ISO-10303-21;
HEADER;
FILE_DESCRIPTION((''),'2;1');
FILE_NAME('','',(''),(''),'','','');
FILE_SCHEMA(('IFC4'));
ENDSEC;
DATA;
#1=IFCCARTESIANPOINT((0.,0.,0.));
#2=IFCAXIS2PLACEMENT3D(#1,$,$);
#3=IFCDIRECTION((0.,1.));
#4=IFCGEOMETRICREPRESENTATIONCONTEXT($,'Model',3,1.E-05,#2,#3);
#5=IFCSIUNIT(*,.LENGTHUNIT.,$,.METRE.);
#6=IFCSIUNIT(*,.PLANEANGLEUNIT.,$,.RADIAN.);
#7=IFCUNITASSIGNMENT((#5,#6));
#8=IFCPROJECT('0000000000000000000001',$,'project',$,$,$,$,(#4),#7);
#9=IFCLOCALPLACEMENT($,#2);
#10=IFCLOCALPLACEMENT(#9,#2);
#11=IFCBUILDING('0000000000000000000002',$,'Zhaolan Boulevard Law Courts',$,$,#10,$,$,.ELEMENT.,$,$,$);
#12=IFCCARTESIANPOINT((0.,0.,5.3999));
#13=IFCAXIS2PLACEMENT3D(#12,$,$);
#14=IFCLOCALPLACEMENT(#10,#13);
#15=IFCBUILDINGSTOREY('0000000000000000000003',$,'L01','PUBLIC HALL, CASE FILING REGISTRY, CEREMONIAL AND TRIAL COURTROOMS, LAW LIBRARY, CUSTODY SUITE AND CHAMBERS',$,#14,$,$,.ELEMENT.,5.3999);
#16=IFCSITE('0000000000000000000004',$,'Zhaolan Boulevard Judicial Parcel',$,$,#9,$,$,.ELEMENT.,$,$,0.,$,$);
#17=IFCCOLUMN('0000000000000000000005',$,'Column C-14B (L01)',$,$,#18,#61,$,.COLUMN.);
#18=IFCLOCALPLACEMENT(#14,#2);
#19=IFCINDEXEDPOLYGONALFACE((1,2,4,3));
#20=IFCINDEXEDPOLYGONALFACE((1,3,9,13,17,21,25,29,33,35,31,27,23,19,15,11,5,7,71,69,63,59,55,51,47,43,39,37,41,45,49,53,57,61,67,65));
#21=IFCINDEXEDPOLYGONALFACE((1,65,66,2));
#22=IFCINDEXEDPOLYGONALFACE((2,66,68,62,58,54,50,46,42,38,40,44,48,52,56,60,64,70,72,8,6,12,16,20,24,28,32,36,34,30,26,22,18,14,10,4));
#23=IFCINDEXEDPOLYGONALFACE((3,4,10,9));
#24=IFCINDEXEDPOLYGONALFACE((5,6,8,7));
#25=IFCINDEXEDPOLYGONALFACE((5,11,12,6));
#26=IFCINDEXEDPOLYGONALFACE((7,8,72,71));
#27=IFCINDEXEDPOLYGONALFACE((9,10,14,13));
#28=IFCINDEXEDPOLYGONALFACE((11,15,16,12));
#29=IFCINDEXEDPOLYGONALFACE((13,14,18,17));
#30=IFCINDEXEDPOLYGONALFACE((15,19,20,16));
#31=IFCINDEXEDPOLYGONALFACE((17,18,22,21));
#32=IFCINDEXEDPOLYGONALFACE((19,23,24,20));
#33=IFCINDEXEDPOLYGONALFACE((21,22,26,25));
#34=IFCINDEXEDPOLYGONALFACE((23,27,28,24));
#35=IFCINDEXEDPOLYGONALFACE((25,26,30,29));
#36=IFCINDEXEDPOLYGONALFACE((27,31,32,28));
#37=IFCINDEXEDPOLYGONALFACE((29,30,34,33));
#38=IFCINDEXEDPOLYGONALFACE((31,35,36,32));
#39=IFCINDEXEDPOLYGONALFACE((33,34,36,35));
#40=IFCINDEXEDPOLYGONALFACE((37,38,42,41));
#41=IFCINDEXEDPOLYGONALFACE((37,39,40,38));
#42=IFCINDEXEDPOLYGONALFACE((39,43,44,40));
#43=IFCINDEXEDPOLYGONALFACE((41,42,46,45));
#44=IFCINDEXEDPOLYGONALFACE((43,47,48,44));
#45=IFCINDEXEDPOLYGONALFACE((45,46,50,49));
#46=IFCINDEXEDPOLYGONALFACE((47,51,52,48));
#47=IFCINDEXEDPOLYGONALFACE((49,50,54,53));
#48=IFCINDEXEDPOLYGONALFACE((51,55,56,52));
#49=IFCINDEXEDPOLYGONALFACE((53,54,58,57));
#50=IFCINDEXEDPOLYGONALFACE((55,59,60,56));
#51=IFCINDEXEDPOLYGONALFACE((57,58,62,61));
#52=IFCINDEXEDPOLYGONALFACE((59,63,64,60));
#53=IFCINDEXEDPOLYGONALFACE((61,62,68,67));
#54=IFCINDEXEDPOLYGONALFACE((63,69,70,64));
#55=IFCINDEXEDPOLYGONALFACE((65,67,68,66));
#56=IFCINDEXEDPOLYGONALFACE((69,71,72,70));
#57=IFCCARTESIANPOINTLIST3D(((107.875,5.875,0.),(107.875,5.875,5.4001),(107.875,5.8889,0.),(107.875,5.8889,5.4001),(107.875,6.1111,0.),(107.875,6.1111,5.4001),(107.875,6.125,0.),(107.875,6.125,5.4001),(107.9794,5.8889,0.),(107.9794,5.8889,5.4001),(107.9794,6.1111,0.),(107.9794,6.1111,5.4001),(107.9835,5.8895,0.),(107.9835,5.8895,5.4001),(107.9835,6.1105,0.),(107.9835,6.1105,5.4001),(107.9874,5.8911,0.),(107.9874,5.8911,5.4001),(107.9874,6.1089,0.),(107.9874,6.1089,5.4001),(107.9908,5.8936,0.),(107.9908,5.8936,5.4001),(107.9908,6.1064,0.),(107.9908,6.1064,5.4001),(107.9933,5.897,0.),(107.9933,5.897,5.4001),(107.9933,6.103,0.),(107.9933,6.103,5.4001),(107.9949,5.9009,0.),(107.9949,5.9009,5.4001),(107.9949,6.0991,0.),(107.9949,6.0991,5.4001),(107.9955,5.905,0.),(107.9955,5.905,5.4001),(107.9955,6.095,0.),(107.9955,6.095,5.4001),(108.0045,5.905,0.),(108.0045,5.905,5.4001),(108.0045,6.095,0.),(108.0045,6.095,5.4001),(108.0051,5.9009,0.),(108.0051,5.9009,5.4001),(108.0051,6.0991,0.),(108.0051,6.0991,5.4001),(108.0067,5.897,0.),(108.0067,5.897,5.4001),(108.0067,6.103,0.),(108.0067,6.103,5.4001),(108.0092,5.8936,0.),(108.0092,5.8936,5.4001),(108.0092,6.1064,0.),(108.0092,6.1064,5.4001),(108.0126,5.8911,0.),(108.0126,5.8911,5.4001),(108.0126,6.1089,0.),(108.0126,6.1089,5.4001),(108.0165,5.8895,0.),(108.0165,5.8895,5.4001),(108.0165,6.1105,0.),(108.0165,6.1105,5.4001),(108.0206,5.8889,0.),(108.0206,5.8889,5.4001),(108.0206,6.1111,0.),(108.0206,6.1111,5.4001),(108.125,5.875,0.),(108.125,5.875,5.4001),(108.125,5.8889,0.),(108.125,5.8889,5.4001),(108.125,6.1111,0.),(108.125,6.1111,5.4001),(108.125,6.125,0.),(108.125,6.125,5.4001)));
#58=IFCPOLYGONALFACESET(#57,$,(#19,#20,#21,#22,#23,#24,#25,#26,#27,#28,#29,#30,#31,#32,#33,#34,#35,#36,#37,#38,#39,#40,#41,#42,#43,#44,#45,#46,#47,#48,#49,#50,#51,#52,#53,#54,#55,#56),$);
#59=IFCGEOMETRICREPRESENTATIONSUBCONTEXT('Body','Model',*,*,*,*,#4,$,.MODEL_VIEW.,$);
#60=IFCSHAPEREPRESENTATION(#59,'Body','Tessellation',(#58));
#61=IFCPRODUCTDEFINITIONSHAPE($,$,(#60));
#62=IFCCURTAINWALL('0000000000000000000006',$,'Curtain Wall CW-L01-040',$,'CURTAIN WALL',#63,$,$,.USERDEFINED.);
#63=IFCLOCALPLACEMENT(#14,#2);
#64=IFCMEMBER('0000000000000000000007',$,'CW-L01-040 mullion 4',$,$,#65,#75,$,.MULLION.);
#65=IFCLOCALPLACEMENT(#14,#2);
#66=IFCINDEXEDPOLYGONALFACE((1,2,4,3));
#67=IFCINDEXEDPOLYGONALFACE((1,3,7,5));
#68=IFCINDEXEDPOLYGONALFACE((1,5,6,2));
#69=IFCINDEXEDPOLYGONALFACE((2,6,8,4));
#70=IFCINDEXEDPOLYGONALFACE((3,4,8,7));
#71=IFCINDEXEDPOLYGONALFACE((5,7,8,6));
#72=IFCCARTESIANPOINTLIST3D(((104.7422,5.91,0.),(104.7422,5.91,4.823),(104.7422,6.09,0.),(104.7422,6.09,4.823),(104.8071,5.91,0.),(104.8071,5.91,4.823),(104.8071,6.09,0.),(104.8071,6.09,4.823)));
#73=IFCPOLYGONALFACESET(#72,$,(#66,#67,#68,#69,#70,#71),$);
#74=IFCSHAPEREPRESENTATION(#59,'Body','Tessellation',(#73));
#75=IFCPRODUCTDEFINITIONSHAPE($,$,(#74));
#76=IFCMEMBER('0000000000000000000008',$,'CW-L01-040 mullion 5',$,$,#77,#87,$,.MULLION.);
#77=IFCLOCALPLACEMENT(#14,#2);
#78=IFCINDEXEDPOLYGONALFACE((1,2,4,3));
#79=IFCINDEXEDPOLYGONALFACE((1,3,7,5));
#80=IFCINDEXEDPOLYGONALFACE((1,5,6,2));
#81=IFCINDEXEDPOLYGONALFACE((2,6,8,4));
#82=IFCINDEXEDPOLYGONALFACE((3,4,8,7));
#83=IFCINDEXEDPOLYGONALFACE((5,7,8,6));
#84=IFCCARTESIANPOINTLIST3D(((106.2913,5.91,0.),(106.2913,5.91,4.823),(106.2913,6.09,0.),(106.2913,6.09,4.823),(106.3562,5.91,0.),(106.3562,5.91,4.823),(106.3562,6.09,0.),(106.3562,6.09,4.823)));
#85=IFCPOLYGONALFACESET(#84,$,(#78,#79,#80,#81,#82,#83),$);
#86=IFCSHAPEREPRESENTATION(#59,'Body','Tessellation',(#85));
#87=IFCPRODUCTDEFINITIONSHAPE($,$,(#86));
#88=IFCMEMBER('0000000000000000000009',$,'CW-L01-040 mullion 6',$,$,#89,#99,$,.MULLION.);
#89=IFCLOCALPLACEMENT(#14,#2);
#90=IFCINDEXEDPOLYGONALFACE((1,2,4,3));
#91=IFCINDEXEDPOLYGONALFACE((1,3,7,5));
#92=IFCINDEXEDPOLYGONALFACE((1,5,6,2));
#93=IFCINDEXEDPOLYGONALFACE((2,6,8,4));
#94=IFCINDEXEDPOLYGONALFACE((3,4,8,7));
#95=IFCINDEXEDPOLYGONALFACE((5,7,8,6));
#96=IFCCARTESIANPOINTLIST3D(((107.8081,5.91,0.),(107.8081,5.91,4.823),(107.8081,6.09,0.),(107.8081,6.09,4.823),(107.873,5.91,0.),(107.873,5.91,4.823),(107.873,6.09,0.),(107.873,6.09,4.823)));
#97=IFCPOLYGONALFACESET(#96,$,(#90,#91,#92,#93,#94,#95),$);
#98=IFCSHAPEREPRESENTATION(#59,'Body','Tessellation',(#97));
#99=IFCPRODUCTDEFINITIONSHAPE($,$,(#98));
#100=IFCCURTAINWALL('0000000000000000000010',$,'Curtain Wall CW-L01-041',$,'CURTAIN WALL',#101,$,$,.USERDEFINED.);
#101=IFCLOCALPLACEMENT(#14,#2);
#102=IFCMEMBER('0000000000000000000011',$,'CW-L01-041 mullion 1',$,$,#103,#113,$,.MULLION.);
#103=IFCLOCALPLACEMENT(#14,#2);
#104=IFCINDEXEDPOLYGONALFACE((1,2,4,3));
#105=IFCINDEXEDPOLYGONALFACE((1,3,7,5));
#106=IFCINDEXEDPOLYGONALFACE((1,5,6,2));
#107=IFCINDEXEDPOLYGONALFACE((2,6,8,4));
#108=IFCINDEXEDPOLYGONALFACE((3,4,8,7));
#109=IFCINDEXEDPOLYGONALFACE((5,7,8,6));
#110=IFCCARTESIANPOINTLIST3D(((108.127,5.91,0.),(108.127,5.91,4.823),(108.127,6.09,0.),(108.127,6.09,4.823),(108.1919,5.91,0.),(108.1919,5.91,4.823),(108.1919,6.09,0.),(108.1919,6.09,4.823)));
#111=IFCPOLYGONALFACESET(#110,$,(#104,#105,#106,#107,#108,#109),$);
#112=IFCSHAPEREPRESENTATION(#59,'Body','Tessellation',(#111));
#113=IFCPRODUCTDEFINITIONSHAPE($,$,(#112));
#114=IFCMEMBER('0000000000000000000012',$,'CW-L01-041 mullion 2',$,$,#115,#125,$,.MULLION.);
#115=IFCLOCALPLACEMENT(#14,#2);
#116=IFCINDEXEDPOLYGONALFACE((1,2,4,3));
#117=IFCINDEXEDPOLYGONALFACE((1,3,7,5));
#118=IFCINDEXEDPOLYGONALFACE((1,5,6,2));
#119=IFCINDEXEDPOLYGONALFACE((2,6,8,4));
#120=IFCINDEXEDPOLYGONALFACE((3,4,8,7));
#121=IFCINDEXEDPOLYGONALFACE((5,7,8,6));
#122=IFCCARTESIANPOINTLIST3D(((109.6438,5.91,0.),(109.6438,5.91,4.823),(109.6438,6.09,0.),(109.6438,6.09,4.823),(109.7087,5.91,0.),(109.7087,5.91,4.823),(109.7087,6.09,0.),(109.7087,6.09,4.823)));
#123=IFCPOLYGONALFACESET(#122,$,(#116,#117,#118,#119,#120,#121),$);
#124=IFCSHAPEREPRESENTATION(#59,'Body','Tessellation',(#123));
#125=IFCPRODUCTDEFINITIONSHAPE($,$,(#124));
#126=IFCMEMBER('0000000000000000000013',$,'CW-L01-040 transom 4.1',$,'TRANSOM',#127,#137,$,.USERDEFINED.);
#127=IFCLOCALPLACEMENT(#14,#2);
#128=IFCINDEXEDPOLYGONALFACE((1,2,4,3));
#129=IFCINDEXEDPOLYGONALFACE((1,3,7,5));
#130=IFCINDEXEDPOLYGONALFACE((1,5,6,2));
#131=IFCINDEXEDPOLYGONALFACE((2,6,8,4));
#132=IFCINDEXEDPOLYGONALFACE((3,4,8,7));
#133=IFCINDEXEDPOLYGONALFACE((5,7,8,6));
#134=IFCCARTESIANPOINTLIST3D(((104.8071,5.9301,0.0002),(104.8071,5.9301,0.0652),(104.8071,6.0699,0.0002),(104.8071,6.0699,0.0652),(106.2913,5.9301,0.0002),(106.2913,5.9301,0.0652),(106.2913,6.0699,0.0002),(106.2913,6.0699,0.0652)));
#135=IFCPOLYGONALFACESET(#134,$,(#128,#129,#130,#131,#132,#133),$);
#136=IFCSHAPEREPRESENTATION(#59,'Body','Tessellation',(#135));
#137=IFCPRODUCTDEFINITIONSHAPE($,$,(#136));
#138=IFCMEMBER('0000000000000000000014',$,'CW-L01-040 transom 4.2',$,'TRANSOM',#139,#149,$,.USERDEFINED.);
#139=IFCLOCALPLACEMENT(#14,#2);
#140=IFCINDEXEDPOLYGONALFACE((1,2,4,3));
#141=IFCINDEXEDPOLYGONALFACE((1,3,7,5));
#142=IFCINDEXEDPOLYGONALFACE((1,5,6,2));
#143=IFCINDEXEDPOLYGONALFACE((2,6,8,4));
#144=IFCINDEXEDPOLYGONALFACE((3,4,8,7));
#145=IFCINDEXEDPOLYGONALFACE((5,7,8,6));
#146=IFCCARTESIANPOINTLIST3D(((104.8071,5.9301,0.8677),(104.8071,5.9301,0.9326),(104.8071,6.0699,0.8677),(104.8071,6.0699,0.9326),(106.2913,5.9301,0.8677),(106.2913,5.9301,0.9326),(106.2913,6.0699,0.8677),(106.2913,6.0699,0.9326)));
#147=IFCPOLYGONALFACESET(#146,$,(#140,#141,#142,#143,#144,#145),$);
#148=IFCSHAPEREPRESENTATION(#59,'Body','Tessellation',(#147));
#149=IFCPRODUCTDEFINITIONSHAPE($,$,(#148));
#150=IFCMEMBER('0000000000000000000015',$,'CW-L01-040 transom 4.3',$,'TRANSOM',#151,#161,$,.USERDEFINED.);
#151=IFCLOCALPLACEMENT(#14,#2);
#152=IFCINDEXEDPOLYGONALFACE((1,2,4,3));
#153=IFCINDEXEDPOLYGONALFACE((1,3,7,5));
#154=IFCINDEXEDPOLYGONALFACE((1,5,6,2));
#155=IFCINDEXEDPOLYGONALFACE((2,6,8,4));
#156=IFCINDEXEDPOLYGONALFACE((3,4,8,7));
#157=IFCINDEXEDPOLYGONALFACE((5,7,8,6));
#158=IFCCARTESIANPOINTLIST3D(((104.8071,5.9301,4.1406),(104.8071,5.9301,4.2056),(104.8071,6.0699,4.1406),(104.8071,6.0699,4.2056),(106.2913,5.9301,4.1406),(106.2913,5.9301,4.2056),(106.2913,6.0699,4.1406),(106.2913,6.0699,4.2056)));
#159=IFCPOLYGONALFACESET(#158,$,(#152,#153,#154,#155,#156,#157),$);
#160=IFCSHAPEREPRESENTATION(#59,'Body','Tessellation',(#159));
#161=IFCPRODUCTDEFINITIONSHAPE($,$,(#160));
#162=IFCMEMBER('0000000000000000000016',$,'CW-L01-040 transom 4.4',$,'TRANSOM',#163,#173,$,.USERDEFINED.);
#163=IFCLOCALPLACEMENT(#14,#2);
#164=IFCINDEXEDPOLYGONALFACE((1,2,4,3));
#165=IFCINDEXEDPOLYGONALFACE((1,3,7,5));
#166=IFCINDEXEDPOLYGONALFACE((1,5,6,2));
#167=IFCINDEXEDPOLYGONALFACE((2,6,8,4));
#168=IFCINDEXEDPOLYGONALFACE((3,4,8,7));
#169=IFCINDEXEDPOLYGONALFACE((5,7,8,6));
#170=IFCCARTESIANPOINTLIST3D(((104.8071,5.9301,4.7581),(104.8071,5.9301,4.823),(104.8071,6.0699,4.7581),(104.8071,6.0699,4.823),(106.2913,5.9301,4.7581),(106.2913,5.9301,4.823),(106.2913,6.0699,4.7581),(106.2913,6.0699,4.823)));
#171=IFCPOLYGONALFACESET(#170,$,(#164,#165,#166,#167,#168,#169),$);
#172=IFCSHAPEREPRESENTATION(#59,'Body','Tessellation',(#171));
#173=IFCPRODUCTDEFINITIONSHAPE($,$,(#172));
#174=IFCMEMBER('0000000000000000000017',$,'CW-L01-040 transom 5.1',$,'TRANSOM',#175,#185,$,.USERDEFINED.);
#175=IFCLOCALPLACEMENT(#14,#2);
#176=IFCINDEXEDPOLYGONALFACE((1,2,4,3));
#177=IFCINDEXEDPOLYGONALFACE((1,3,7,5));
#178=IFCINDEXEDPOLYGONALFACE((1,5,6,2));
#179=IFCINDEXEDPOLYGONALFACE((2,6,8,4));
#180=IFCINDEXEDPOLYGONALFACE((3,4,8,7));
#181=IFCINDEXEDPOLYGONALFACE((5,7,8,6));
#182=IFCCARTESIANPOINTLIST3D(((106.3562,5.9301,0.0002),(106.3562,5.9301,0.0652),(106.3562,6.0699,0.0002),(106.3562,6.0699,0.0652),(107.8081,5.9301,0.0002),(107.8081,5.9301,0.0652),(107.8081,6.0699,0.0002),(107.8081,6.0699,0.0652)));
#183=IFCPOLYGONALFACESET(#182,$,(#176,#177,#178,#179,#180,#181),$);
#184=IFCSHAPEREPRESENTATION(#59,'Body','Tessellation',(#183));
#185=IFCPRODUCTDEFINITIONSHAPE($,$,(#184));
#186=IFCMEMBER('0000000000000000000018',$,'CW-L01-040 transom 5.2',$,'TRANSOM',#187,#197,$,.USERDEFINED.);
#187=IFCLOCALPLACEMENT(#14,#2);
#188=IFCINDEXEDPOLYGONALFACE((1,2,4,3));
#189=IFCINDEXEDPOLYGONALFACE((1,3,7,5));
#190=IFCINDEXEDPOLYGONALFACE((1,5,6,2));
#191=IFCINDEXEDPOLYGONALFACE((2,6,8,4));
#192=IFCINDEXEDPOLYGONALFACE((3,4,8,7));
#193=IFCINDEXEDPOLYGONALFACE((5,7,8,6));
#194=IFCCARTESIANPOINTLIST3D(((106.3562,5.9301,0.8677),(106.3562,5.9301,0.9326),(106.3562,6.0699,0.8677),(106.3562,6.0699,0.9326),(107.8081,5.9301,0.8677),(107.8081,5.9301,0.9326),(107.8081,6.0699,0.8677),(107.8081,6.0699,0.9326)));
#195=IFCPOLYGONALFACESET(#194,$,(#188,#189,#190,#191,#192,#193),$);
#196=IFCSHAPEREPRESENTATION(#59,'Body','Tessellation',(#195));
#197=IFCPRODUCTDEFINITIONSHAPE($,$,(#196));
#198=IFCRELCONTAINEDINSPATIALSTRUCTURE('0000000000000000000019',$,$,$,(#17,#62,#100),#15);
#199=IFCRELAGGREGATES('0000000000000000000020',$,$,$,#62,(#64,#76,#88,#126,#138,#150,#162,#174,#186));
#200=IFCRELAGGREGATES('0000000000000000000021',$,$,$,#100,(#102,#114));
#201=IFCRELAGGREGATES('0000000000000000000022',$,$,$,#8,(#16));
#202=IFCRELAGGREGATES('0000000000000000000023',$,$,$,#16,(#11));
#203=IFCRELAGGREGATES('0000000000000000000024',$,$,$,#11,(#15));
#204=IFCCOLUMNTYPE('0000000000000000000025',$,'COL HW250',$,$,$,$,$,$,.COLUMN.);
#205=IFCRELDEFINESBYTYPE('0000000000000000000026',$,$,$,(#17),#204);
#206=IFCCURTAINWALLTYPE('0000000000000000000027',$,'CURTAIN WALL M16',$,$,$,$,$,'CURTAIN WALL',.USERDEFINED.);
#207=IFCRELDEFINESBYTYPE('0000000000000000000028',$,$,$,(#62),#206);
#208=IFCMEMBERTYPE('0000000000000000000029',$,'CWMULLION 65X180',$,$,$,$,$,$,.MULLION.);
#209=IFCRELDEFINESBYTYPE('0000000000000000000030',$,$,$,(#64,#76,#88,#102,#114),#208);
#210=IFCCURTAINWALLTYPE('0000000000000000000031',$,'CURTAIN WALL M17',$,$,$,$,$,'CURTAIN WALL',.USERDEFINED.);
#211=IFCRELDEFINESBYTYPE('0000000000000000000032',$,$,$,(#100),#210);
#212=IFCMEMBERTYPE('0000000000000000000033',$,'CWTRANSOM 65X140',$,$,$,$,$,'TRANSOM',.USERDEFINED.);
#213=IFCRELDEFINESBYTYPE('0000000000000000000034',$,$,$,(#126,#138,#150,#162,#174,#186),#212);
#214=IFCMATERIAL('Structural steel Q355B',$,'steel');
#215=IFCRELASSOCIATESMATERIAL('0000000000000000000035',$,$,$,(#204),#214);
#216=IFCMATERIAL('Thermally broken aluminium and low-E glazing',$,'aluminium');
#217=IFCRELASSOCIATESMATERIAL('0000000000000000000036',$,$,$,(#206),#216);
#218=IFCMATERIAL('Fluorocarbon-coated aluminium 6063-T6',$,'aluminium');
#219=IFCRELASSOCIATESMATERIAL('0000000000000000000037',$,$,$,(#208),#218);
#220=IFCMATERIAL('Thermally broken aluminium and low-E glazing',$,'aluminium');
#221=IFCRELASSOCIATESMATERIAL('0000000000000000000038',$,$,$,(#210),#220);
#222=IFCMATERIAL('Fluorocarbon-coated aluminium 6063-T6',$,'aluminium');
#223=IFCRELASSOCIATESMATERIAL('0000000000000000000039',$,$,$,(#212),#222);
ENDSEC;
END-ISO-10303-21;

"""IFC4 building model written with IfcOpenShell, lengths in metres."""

from ifc_helpers import new_model, si_unit, direction, frame, origin, origin_2d, place, context, subcontext, project, spatial, rectangle, i_section, extrude, material, material_profile, profile_set, type_object, element, aggregate, save


model = new_model("IFC4")

# Units and contexts
model_context = context("Model", 3, precision=1e-05, world=origin(), true_north=direction((0.0, 1.0)))
body_context = subcontext(model_context, "Body", "Model", "MODEL_VIEW")
ifc_project = project(units=[si_unit("LENGTHUNIT", "METRE"), si_unit("PLANEANGLEUNIT", "RADIAN")], contexts=[model_context])

# Site, building, storey
site_placement = place(None, origin())
site = spatial("IfcSite", under=ifc_project, at=site_placement, Name="Zhaolan Boulevard Judicial Parcel", CompositionType="ELEMENT", RefElevation=0.0)
building_placement = place(site_placement, origin())
building = spatial("IfcBuilding", under=site, at=building_placement, Name="Zhaolan Boulevard Law Courts", CompositionType="ELEMENT")
storey_placement = place(building_placement, frame((0.0, 0.0, 5.3999)))
storey = spatial("IfcBuildingStorey", under=building, at=storey_placement, Name="L01", Description="PUBLIC HALL, CASE FILING REGISTRY, CEREMONIAL AND TRIAL COURTROOMS, LAW LIBRARY, CUSTODY SUITE AND CHAMBERS", CompositionType="ELEMENT", Elevation=5.3999)

# Column
ifc_material_1 = material(Name="Structural steel Q355B", Category="steel")
ifc_material_profile_1 = material_profile(ifc_material_1, i_section(OverallWidth=0.25, OverallDepth=0.25, WebThickness=0.009, FlangeThickness=0.0139, FilletRadius=0.0161, at=origin_2d()), Name="HW250x250")
ifc_profile_set_1 = profile_set([ifc_material_profile_1], Name="Structural steel Q355B")
column_type = type_object("IfcColumnType", Name="COL HW250", PredefinedType="COLUMN", material=ifc_profile_set_1)
column_placement = place(storey_placement, frame((108.0, 6.0, 0.0), z_axis=(0.0, 0.0, 1.0), x_axis=(1.0, 0.0, 0.0)))
element("IfcColumn", 1, at=column_placement, inside=storey, type_object=column_type, Name="Column C-14B (L01)", PredefinedType="COLUMN", context=body_context, shape_type="SweptSolid", body=[
    extrude(i_section(OverallWidth=0.25, OverallDepth=0.25, WebThickness=0.009, FlangeThickness=0.0139, FilletRadius=0.0161, at=origin_2d()), origin(), (0.0, 0.0, 1.0), 5.4001),
])

# Curtain walls, members
ifc_material_2 = material(Name="Thermally broken aluminium and low-E glazing", Category="aluminium")
curtain_wall_type_1 = type_object("IfcCurtainWallType", Name="CURTAIN WALL M16", ElementType="CURTAIN WALL", PredefinedType="USERDEFINED", material=ifc_material_2)
curtain_wall_1_placement = place(storey_placement, origin())
curtain_wall_1 = element("IfcCurtainWall", 2, at=curtain_wall_1_placement, inside=storey, type_object=curtain_wall_type_1, Name="Curtain Wall CW-L01-040", ObjectType="CURTAIN WALL", PredefinedType="USERDEFINED")
ifc_material_3 = material(Name="Fluorocarbon-coated aluminium 6063-T6", Category="aluminium")
ifc_material_profile_2 = material_profile(ifc_material_3, rectangle(XDim=0.1799, YDim=0.0649, at=origin_2d()), Name="AL65x180")
ifc_profile_set_2 = profile_set([ifc_material_profile_2], Name="Fluorocarbon-coated aluminium 6063-T6")
member_type_1 = type_object("IfcMemberType", Name="CWMULLION 65X180", PredefinedType="MULLION", material=ifc_profile_set_2)
member_1_placement = place(storey_placement, frame((104.7747, 6.0, 0.0), z_axis=(0.0, 0.0, 1.0), x_axis=(0.0, 1.0, 0.0)))
member_1 = element("IfcMember", 3, at=member_1_placement, type_object=member_type_1, Name="CW-L01-040 mullion 4", PredefinedType="MULLION", context=body_context, shape_type="SweptSolid", body=[
    extrude(rectangle(XDim=0.1799, YDim=0.0649, at=origin_2d()), origin(), (0.0, 0.0, 1.0), 4.823),
])
member_2_placement = place(storey_placement, frame((106.3237, 6.0, 0.0), z_axis=(0.0, 0.0, 1.0), x_axis=(0.0, 1.0, 0.0)))
member_2 = element("IfcMember", 4, at=member_2_placement, type_object=member_type_1, Name="CW-L01-040 mullion 5", PredefinedType="MULLION", context=body_context, shape_type="SweptSolid", body=[
    extrude(rectangle(XDim=0.1799, YDim=0.0649, at=origin_2d()), origin(), (0.0, 0.0, 1.0), 4.823),
])
member_3_placement = place(storey_placement, frame((107.8406, 6.0, 0.0), z_axis=(0.0, 0.0, 1.0), x_axis=(0.0, 1.0, 0.0)))
member_3 = element("IfcMember", 5, at=member_3_placement, type_object=member_type_1, Name="CW-L01-040 mullion 6", PredefinedType="MULLION", context=body_context, shape_type="SweptSolid", body=[
    extrude(rectangle(XDim=0.1799, YDim=0.0649, at=origin_2d()), origin(), (0.0, 0.0, 1.0), 4.823),
])
ifc_material_4 = material(Name="Thermally broken aluminium and low-E glazing", Category="aluminium")
curtain_wall_type_2 = type_object("IfcCurtainWallType", Name="CURTAIN WALL M17", ElementType="CURTAIN WALL", PredefinedType="USERDEFINED", material=ifc_material_4)
curtain_wall_2_placement = place(storey_placement, origin())
curtain_wall_2 = element("IfcCurtainWall", 6, at=curtain_wall_2_placement, inside=storey, type_object=curtain_wall_type_2, Name="Curtain Wall CW-L01-041", ObjectType="CURTAIN WALL", PredefinedType="USERDEFINED")
member_4_placement = place(storey_placement, frame((108.1594, 6.0, 0.0), z_axis=(0.0, 0.0, 1.0), x_axis=(0.0, 1.0, 0.0)))
member_4 = element("IfcMember", 7, at=member_4_placement, type_object=member_type_1, Name="CW-L01-041 mullion 1", PredefinedType="MULLION", context=body_context, shape_type="SweptSolid", body=[
    extrude(rectangle(XDim=0.1799, YDim=0.0649, at=origin_2d()), origin(), (0.0, 0.0, 1.0), 4.823),
])
member_5_placement = place(storey_placement, frame((109.6763, 6.0, 0.0), z_axis=(0.0, 0.0, 1.0), x_axis=(0.0, 1.0, 0.0)))
member_5 = element("IfcMember", 8, at=member_5_placement, type_object=member_type_1, Name="CW-L01-041 mullion 2", PredefinedType="MULLION", context=body_context, shape_type="SweptSolid", body=[
    extrude(rectangle(XDim=0.1799, YDim=0.0649, at=origin_2d()), origin(), (0.0, 0.0, 1.0), 4.823),
])

# Members
ifc_material_5 = material(Name="Fluorocarbon-coated aluminium 6063-T6", Category="aluminium")
ifc_material_profile_3 = material_profile(ifc_material_5, rectangle(XDim=0.1399, YDim=0.0649, at=origin_2d()), Name="AL65x140")
ifc_profile_set_3 = profile_set([ifc_material_profile_3], Name="Fluorocarbon-coated aluminium 6063-T6")
member_type_2 = type_object("IfcMemberType", Name="CWTRANSOM 65X140", ElementType="TRANSOM", PredefinedType="USERDEFINED", material=ifc_profile_set_3)
member_6_placement = place(storey_placement, frame((104.8071, 6.0, 0.0327), z_axis=(1.0, 0.0, 0.0), x_axis=(0.0, 1.0, 0.0)))
member_6 = element("IfcMember", 9, at=member_6_placement, type_object=member_type_2, Name="CW-L01-040 transom 4.1", ObjectType="TRANSOM", PredefinedType="USERDEFINED", context=body_context, shape_type="SweptSolid", body=[
    extrude(rectangle(XDim=0.1399, YDim=0.0649, at=origin_2d()), origin(), (0.0, 0.0, 1.0), 1.4841),
])
member_7_placement = place(storey_placement, frame((104.8071, 6.0, 0.9001), z_axis=(1.0, 0.0, 0.0), x_axis=(0.0, 1.0, 0.0)))
member_7 = element("IfcMember", 10, at=member_7_placement, type_object=member_type_2, Name="CW-L01-040 transom 4.2", ObjectType="TRANSOM", PredefinedType="USERDEFINED", context=body_context, shape_type="SweptSolid", body=[
    extrude(rectangle(XDim=0.1399, YDim=0.0649, at=origin_2d()), origin(), (0.0, 0.0, 1.0), 1.4841),
])
member_8_placement = place(storey_placement, frame((104.8071, 6.0, 4.1731), z_axis=(1.0, 0.0, 0.0), x_axis=(0.0, 1.0, 0.0)))
member_8 = element("IfcMember", 11, at=member_8_placement, type_object=member_type_2, Name="CW-L01-040 transom 4.3", ObjectType="TRANSOM", PredefinedType="USERDEFINED", context=body_context, shape_type="SweptSolid", body=[
    extrude(rectangle(XDim=0.1399, YDim=0.0649, at=origin_2d()), origin(), (0.0, 0.0, 1.0), 1.4841),
])
member_9_placement = place(storey_placement, frame((104.8071, 6.0, 4.7905), z_axis=(1.0, 0.0, 0.0), x_axis=(0.0, 1.0, 0.0)))
member_9 = element("IfcMember", 12, at=member_9_placement, type_object=member_type_2, Name="CW-L01-040 transom 4.4", ObjectType="TRANSOM", PredefinedType="USERDEFINED", context=body_context, shape_type="SweptSolid", body=[
    extrude(rectangle(XDim=0.1399, YDim=0.0649, at=origin_2d()), origin(), (0.0, 0.0, 1.0), 1.4841),
])
member_10_placement = place(storey_placement, frame((106.3562, 6.0, 0.0327), z_axis=(1.0, 0.0, 0.0), x_axis=(0.0, 1.0, 0.0)))
member_10 = element("IfcMember", 13, at=member_10_placement, type_object=member_type_2, Name="CW-L01-040 transom 5.1", ObjectType="TRANSOM", PredefinedType="USERDEFINED", context=body_context, shape_type="SweptSolid", body=[
    extrude(rectangle(XDim=0.1399, YDim=0.0649, at=origin_2d()), origin(), (0.0, 0.0, 1.0), 1.4519),
])
member_11_placement = place(storey_placement, frame((106.3562, 6.0, 0.9001), z_axis=(1.0, 0.0, 0.0), x_axis=(0.0, 1.0, 0.0)))
member_11 = element("IfcMember", 14, at=member_11_placement, type_object=member_type_2, Name="CW-L01-040 transom 5.2", ObjectType="TRANSOM", PredefinedType="USERDEFINED", context=body_context, shape_type="SweptSolid", body=[
    extrude(rectangle(XDim=0.1399, YDim=0.0649, at=origin_2d()), origin(), (0.0, 0.0, 1.0), 1.4519),
])

aggregate(curtain_wall_1, [member_1, member_2, member_3, member_6, member_7, member_8, member_9, member_10, member_11])
aggregate(curtain_wall_2, [member_4, member_5])

save(model, "model.ifc")
